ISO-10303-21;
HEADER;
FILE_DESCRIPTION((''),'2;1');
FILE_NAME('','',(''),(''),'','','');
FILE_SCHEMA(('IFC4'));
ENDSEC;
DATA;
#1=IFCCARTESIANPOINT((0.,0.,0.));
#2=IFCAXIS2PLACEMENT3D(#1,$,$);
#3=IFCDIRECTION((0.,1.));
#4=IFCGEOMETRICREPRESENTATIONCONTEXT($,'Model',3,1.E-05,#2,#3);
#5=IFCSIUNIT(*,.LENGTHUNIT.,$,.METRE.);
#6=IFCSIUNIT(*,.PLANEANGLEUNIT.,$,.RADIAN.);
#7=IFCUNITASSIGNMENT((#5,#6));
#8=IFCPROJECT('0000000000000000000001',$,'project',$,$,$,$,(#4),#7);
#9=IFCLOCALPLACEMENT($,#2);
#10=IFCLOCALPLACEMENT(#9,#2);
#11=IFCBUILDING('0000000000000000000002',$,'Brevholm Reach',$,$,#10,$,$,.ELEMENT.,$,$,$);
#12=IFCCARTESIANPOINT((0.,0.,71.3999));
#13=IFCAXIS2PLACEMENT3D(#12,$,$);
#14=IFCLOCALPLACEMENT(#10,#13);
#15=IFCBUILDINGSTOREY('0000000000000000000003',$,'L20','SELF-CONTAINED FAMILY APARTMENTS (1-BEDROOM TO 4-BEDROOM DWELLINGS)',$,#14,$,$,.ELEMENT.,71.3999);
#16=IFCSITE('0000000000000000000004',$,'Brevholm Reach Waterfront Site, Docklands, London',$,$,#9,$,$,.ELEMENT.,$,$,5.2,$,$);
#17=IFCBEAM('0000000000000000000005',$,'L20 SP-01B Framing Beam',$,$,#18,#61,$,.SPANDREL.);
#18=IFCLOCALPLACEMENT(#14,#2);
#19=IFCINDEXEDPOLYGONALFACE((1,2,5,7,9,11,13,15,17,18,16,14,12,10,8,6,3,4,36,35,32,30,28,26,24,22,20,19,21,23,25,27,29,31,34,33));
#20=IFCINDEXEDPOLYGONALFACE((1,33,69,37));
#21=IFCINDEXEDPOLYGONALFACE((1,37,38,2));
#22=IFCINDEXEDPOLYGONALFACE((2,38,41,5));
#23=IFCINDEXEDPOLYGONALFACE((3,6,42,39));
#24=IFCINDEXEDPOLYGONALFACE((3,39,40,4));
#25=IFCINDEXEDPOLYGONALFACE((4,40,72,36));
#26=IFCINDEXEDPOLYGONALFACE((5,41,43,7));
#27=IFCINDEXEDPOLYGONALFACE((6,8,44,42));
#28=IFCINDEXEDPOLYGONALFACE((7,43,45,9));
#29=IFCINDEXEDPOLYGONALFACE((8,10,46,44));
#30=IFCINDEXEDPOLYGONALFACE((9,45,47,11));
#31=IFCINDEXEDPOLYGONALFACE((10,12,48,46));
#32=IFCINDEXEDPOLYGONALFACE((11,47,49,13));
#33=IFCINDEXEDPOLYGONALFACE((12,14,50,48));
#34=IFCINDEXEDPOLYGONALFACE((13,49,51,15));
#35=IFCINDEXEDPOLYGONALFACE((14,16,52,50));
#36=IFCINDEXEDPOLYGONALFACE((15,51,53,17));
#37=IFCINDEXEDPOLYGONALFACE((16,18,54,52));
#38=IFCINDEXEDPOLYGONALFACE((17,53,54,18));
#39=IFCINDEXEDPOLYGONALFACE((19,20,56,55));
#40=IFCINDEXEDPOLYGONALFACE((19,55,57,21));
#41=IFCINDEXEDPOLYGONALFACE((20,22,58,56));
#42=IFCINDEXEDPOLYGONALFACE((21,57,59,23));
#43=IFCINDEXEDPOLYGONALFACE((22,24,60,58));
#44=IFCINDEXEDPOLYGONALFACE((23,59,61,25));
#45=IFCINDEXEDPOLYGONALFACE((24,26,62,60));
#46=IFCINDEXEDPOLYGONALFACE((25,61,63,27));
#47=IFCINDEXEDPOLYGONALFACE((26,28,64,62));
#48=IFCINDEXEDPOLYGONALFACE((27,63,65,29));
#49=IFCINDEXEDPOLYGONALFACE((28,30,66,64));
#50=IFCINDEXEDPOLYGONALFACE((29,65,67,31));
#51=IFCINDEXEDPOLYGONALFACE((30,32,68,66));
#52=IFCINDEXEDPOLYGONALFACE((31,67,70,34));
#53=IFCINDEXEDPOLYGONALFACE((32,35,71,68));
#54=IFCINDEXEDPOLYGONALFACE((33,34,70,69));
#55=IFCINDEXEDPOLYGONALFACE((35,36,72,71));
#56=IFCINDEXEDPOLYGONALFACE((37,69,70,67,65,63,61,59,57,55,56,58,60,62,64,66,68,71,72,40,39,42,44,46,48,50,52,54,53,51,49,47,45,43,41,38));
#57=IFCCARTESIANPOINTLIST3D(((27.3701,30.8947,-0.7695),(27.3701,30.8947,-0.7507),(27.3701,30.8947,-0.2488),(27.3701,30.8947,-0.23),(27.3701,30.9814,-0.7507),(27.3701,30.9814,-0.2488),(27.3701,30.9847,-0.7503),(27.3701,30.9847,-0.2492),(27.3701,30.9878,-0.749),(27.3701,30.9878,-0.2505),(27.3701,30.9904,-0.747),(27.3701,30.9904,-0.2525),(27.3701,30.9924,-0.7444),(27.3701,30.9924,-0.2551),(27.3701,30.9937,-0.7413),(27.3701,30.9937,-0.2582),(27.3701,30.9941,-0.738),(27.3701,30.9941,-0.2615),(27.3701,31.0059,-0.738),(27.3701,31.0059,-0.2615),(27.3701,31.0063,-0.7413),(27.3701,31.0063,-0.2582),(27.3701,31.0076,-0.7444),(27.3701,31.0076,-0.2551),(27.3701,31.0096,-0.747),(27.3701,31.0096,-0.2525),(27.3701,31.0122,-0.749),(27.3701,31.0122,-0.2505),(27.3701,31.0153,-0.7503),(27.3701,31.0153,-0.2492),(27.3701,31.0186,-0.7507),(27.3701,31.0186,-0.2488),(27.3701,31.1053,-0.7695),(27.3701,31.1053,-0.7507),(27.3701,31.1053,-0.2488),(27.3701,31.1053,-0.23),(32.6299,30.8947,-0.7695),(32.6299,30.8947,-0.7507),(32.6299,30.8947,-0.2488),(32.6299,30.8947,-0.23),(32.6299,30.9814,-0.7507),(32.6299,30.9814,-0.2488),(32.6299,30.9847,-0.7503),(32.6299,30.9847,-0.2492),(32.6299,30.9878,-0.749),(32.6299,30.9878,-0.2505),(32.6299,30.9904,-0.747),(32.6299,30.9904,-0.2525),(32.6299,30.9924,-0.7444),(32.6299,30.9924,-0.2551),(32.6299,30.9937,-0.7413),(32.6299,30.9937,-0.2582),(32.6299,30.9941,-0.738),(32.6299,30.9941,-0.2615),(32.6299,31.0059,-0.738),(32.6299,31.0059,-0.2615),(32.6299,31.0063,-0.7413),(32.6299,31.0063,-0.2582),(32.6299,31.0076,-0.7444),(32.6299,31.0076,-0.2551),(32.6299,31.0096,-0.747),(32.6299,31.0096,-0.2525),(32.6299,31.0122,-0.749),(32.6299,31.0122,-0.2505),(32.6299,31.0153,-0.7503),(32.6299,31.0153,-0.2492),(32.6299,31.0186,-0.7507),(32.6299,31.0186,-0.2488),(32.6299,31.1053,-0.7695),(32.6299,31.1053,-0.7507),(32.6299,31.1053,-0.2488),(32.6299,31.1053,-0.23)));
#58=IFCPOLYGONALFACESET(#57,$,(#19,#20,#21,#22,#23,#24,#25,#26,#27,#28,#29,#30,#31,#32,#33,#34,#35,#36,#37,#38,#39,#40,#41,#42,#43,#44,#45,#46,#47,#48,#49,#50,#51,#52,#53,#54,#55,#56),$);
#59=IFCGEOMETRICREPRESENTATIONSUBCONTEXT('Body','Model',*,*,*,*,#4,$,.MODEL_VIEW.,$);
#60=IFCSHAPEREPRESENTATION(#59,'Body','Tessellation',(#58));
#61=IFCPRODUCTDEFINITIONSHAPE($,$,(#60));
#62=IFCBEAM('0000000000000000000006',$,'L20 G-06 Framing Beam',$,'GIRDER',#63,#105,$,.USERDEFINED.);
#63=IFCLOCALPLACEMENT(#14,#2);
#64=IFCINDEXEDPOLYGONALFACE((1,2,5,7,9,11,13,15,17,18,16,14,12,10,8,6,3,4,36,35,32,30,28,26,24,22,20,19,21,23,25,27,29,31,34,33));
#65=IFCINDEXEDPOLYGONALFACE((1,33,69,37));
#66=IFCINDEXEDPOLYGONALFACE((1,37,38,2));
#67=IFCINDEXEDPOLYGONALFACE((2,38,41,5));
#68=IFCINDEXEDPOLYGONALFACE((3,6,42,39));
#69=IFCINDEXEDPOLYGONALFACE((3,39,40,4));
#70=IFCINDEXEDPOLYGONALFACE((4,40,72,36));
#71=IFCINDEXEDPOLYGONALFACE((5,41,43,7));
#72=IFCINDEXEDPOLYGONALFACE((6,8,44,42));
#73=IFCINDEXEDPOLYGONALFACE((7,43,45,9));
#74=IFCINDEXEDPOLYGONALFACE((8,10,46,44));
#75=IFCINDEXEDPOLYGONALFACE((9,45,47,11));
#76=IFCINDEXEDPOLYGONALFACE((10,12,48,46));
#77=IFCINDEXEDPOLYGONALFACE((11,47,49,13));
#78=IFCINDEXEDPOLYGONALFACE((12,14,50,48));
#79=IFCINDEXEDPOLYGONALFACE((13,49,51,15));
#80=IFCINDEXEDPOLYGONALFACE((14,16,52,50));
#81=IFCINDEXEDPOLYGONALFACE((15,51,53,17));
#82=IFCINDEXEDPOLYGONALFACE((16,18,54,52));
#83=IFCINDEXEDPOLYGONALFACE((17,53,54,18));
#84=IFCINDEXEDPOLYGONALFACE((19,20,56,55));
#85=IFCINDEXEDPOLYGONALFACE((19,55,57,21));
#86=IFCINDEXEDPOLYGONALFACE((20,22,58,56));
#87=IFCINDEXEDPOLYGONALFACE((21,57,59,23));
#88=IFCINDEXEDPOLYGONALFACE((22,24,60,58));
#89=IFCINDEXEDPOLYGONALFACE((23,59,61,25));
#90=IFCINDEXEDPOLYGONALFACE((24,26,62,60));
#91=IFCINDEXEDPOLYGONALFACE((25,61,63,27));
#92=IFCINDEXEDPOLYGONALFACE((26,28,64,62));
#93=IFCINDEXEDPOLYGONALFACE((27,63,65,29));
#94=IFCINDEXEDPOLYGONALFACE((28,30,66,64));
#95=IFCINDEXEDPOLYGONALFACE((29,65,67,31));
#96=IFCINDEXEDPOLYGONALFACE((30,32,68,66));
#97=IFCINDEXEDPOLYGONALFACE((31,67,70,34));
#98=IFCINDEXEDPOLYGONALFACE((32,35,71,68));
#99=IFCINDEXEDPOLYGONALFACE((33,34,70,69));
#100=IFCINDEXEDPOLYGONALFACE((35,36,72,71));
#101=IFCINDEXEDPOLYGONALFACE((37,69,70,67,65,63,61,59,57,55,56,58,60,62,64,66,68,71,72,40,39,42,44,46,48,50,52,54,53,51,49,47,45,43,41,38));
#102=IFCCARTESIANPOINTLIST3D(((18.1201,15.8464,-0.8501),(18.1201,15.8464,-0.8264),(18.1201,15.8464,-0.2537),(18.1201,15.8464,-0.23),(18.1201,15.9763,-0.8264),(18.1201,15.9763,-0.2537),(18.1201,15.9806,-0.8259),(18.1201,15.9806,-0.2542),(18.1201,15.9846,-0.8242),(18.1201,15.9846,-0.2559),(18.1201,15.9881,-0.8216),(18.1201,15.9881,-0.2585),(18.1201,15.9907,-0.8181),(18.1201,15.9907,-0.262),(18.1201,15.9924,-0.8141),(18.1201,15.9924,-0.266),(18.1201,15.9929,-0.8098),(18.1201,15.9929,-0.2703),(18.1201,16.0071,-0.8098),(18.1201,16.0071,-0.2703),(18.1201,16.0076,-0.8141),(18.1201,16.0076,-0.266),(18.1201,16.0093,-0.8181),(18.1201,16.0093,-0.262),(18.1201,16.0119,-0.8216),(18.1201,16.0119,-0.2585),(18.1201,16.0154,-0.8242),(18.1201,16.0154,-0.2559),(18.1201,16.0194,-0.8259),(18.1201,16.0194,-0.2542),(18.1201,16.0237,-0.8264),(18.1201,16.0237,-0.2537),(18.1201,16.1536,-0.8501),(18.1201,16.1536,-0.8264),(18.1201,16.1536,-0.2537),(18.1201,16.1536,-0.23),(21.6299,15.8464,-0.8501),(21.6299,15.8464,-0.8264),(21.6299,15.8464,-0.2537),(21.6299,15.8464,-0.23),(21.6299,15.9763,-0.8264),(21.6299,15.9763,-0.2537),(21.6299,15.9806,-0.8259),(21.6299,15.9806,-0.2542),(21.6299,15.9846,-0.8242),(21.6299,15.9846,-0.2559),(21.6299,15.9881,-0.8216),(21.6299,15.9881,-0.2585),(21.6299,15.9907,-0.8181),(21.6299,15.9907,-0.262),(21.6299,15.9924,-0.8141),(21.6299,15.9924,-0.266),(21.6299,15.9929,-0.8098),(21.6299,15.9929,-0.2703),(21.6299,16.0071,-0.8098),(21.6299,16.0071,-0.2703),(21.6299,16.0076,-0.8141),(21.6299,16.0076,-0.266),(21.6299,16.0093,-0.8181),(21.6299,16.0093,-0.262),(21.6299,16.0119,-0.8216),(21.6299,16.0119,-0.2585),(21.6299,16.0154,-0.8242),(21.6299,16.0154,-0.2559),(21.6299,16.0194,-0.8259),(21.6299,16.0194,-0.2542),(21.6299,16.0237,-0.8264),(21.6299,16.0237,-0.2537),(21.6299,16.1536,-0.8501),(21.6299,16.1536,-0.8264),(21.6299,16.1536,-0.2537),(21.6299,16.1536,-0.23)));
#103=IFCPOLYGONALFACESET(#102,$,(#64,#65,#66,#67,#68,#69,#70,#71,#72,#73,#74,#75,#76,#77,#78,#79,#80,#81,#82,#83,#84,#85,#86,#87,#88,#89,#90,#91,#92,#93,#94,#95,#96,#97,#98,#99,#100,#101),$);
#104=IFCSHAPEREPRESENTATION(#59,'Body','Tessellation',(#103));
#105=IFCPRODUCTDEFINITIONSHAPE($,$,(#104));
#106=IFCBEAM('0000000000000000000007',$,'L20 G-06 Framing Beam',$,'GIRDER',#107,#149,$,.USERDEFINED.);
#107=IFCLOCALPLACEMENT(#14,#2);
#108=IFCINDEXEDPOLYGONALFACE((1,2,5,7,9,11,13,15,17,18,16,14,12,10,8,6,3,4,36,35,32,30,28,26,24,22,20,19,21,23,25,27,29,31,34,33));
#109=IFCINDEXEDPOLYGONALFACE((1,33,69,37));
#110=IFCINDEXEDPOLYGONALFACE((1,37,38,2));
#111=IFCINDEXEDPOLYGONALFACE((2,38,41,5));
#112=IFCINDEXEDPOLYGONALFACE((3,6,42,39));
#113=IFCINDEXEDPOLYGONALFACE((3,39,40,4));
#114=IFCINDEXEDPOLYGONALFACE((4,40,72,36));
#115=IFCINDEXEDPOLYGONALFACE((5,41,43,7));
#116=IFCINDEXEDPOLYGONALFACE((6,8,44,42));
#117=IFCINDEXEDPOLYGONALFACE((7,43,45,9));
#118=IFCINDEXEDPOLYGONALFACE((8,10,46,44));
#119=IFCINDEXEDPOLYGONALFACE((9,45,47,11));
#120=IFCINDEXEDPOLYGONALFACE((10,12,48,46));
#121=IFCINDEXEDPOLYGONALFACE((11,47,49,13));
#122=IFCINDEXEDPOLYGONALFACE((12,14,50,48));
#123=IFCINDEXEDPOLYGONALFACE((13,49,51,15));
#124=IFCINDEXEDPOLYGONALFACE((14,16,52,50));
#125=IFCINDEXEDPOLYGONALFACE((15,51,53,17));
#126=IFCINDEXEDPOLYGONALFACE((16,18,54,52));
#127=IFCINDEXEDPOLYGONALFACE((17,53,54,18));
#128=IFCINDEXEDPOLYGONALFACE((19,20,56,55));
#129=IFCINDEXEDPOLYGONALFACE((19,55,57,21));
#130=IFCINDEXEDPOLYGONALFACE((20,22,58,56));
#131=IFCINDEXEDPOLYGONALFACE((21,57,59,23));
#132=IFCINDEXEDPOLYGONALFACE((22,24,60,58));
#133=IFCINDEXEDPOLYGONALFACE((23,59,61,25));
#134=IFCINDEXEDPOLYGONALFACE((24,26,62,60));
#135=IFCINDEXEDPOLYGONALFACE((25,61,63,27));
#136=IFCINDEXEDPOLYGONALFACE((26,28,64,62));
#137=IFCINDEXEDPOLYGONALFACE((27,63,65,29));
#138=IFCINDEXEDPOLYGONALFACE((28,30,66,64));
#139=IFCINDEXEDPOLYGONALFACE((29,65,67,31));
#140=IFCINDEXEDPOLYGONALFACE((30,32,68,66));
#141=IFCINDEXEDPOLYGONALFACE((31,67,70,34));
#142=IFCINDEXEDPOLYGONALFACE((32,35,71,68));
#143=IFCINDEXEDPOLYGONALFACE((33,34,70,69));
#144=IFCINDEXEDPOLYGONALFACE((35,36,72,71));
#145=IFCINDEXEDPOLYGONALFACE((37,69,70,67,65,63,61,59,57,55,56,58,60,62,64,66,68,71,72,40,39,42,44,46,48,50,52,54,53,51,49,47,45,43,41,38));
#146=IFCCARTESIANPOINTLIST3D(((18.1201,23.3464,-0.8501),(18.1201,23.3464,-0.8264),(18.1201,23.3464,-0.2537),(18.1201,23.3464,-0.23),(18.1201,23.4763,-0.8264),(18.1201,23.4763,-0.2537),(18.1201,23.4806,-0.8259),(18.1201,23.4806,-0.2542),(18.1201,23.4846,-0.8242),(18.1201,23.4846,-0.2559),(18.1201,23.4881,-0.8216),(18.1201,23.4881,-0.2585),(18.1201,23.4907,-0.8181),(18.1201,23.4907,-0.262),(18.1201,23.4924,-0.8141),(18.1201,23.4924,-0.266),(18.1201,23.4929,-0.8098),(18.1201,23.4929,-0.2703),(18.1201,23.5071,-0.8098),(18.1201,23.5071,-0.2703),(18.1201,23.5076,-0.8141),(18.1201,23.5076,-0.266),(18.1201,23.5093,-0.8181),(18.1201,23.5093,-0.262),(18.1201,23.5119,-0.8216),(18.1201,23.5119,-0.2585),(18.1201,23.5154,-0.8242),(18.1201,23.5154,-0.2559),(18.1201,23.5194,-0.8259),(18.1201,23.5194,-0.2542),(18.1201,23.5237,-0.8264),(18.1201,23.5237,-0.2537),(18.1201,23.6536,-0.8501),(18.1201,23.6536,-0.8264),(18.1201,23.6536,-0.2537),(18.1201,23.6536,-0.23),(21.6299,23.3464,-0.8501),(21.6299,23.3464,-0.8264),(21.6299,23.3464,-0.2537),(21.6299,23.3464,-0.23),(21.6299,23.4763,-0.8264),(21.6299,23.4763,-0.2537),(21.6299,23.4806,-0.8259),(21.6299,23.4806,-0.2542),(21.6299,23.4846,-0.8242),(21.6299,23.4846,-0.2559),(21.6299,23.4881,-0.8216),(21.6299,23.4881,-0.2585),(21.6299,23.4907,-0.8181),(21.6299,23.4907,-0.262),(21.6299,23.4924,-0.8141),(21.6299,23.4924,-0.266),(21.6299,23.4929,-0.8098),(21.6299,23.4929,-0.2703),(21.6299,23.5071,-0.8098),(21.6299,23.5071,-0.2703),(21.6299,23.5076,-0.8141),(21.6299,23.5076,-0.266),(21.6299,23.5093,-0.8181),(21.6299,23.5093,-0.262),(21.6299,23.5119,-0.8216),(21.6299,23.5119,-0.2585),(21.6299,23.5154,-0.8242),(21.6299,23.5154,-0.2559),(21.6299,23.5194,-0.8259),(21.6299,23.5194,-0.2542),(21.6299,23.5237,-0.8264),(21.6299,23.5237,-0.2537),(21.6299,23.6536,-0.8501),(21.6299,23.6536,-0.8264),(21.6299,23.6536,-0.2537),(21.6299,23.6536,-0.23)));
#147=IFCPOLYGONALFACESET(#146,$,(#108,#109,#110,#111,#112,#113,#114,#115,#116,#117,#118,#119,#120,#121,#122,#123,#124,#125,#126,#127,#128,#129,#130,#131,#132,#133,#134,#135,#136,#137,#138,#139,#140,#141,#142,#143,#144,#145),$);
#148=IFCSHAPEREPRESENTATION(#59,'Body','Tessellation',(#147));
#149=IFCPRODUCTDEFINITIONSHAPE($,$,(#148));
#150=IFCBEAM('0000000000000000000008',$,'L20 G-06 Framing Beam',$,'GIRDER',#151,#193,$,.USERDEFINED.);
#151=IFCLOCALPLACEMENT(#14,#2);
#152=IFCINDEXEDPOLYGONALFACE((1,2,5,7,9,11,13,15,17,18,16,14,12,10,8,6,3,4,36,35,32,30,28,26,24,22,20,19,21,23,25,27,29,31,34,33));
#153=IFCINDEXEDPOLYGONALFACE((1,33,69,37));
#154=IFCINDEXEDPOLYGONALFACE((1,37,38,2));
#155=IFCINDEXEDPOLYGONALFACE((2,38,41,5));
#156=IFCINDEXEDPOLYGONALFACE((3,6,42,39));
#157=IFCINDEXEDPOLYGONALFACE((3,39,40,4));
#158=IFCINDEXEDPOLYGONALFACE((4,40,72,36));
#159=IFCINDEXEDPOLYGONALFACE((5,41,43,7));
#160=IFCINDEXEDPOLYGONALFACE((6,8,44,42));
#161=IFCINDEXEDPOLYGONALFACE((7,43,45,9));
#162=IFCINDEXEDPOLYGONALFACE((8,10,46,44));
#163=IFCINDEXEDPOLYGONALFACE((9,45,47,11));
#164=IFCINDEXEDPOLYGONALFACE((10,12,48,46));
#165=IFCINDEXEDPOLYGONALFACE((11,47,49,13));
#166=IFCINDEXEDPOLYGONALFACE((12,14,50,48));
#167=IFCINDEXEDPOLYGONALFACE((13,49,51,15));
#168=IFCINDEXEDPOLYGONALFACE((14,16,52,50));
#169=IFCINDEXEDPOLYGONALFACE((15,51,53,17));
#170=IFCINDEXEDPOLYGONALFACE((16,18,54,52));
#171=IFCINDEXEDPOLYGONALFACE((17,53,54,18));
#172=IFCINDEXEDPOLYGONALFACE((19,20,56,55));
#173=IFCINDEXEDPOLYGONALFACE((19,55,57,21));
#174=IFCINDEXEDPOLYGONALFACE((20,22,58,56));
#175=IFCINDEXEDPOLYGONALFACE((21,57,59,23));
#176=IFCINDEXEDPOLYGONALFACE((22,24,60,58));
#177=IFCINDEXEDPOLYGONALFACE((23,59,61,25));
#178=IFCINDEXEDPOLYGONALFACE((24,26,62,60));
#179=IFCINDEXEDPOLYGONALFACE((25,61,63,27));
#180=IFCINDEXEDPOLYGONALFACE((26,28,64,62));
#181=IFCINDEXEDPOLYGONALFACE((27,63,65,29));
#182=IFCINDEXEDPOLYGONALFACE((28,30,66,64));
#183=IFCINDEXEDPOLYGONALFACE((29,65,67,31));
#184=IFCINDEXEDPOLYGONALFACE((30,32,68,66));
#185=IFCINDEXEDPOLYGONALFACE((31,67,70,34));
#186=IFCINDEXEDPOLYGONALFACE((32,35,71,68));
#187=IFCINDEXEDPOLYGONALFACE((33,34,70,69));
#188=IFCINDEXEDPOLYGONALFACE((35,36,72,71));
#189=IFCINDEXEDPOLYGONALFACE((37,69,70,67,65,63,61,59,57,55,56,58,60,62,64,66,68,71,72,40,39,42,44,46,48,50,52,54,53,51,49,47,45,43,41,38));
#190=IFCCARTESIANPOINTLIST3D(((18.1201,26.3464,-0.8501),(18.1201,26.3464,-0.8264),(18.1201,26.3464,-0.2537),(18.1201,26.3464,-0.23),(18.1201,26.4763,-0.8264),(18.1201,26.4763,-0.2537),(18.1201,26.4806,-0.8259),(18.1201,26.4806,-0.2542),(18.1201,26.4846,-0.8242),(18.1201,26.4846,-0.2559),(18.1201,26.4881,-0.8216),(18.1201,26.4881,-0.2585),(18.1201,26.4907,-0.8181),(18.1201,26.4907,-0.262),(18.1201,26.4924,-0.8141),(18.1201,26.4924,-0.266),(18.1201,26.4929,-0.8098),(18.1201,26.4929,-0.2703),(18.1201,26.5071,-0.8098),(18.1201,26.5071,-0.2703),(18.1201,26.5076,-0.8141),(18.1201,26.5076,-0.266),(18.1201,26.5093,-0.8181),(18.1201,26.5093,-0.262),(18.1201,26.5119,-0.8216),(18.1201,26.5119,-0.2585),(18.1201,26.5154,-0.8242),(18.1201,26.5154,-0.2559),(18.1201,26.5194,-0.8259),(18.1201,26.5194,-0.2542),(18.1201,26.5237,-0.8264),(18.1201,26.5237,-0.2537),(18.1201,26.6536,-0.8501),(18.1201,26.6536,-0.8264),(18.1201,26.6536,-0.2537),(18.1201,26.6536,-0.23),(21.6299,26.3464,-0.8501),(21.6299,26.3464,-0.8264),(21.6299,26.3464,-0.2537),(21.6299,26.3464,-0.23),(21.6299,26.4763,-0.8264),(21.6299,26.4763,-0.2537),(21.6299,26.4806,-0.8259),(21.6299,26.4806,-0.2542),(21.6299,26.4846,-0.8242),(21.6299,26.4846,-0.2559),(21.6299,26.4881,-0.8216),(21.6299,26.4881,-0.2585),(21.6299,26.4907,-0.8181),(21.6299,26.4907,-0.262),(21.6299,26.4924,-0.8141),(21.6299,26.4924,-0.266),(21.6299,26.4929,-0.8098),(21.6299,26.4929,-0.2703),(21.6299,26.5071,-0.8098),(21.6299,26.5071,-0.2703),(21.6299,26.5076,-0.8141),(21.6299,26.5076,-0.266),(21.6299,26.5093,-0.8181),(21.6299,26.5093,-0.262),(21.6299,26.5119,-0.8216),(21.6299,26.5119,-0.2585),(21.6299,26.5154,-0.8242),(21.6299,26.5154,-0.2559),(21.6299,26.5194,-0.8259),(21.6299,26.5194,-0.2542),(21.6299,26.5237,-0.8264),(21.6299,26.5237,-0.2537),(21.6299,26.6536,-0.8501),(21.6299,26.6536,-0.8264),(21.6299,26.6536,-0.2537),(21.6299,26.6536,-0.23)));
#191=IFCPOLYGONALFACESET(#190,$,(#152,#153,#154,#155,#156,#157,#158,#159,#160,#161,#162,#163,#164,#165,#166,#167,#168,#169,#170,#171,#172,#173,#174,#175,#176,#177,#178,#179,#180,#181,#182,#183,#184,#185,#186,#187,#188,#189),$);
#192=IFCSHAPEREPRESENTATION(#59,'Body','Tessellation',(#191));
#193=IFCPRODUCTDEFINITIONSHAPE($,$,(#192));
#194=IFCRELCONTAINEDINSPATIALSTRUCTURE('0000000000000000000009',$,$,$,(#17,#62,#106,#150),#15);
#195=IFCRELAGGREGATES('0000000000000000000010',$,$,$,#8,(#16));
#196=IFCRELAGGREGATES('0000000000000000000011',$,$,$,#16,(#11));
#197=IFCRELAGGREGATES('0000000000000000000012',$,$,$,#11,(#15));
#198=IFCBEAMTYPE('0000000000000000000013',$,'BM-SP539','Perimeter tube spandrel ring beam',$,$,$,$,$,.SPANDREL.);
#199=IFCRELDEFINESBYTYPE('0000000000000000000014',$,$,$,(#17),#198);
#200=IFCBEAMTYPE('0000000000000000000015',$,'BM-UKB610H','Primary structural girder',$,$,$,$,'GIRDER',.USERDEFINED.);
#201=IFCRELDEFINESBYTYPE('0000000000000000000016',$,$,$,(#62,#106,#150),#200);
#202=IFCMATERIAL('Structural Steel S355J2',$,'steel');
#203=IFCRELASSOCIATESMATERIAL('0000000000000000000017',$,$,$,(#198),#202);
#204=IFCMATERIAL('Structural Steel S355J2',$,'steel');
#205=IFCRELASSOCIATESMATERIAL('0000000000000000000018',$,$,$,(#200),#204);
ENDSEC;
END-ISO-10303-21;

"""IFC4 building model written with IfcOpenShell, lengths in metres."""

from ifc_helpers import new_model, si_unit, direction, frame, origin, origin_2d, place, context, subcontext, project, spatial, i_section, extrude, material, material_profile, profile_set, type_object, element, save


model = new_model("IFC4")

# Units and contexts
model_context = context("Model", 3, precision=1e-05, world=origin(), true_north=direction((0.0, 1.0)))
body_context = subcontext(model_context, "Body", "Model", "MODEL_VIEW")
ifc_project = project(units=[si_unit("LENGTHUNIT", "METRE"), si_unit("PLANEANGLEUNIT", "RADIAN")], contexts=[model_context])

# Site, building, storey
site_placement = place(None, origin())
site = spatial("IfcSite", under=ifc_project, at=site_placement, Name="Brevholm Reach Waterfront Site, Docklands, London", CompositionType="ELEMENT", RefElevation=5.2)
building_placement = place(site_placement, origin())
building = spatial("IfcBuilding", under=site, at=building_placement, Name="Brevholm Reach", CompositionType="ELEMENT")
storey_placement = place(building_placement, frame((0.0, 0.0, 71.3999)))
storey = spatial("IfcBuildingStorey", under=building, at=storey_placement, Name="L20", Description="SELF-CONTAINED FAMILY APARTMENTS (1-BEDROOM TO 4-BEDROOM DWELLINGS)", CompositionType="ELEMENT", Elevation=71.3999)

# Beams
ifc_material_1 = material(Name="Structural Steel S355J2", Category="steel")
ifc_material_profile_1 = material_profile(ifc_material_1, i_section(OverallWidth=0.2107, OverallDepth=0.5396, WebThickness=0.0117, FlangeThickness=0.0188, FilletRadius=0.0127, at=origin_2d()), Name="UKB 533x210x109")
ifc_profile_set_1 = profile_set([ifc_material_profile_1], Name="Structural Steel S355J2")
beam_type_1 = type_object("IfcBeamType", Name="BM-SP539", Description="Perimeter tube spandrel ring beam", PredefinedType="SPANDREL", material=ifc_profile_set_1)
for number, where, z_axis, x_axis, name in (
    (1, (27.3701, 31.0, -0.4998), (1.0, 0.0, 0.0), (0.0, 1.0, 0.0), "L20 SP-01B Framing Beam"),
):
    element("IfcBeam", number, at=place(storey_placement, frame(where, z_axis=z_axis, x_axis=x_axis)), inside=storey, type_object=beam_type_1, Name=name, PredefinedType="SPANDREL", context=body_context, shape_type="SweptSolid", body=[
        extrude(i_section(OverallWidth=0.2107, OverallDepth=0.5396, WebThickness=0.0117, FlangeThickness=0.0188, FilletRadius=0.0127, at=origin_2d()), origin(), (0.0, 0.0, 1.0), 5.2598),
    ])
ifc_material_2 = material(Name="Structural Steel S355J2", Category="steel")
ifc_material_profile_2 = material_profile(ifc_material_2, i_section(OverallWidth=0.3071, OverallDepth=0.6201, WebThickness=0.0142, FlangeThickness=0.0237, FilletRadius=0.0166, at=origin_2d()), Name="UKB 610x305x179")
ifc_profile_set_2 = profile_set([ifc_material_profile_2], Name="Structural Steel S355J2")
beam_type_2 = type_object("IfcBeamType", Name="BM-UKB610H", Description="Primary structural girder", ElementType="GIRDER", PredefinedType="USERDEFINED", material=ifc_profile_set_2)
for number, where, z_axis, x_axis, name in (
    (2, (18.1201, 16.0, -0.54), (1.0, 0.0, 0.0), (0.0, 1.0, 0.0), "L20 G-06 Framing Beam"),
    (3, (18.1201, 23.5, -0.54), (1.0, 0.0, 0.0), (0.0, 1.0, 0.0), "L20 G-06 Framing Beam"),
    (4, (18.1201, 26.5, -0.54), (1.0, 0.0, 0.0), (0.0, 1.0, 0.0), "L20 G-06 Framing Beam"),
):
    element("IfcBeam", number, at=place(storey_placement, frame(where, z_axis=z_axis, x_axis=x_axis)), inside=storey, type_object=beam_type_2, Name=name, ObjectType="GIRDER", PredefinedType="USERDEFINED", context=body_context, shape_type="SweptSolid", body=[
        extrude(i_section(OverallWidth=0.3071, OverallDepth=0.6201, WebThickness=0.0142, FlangeThickness=0.0237, FilletRadius=0.0166, at=origin_2d()), origin(), (0.0, 0.0, 1.0), 3.5098),
    ])

save(model, "model.ifc")
